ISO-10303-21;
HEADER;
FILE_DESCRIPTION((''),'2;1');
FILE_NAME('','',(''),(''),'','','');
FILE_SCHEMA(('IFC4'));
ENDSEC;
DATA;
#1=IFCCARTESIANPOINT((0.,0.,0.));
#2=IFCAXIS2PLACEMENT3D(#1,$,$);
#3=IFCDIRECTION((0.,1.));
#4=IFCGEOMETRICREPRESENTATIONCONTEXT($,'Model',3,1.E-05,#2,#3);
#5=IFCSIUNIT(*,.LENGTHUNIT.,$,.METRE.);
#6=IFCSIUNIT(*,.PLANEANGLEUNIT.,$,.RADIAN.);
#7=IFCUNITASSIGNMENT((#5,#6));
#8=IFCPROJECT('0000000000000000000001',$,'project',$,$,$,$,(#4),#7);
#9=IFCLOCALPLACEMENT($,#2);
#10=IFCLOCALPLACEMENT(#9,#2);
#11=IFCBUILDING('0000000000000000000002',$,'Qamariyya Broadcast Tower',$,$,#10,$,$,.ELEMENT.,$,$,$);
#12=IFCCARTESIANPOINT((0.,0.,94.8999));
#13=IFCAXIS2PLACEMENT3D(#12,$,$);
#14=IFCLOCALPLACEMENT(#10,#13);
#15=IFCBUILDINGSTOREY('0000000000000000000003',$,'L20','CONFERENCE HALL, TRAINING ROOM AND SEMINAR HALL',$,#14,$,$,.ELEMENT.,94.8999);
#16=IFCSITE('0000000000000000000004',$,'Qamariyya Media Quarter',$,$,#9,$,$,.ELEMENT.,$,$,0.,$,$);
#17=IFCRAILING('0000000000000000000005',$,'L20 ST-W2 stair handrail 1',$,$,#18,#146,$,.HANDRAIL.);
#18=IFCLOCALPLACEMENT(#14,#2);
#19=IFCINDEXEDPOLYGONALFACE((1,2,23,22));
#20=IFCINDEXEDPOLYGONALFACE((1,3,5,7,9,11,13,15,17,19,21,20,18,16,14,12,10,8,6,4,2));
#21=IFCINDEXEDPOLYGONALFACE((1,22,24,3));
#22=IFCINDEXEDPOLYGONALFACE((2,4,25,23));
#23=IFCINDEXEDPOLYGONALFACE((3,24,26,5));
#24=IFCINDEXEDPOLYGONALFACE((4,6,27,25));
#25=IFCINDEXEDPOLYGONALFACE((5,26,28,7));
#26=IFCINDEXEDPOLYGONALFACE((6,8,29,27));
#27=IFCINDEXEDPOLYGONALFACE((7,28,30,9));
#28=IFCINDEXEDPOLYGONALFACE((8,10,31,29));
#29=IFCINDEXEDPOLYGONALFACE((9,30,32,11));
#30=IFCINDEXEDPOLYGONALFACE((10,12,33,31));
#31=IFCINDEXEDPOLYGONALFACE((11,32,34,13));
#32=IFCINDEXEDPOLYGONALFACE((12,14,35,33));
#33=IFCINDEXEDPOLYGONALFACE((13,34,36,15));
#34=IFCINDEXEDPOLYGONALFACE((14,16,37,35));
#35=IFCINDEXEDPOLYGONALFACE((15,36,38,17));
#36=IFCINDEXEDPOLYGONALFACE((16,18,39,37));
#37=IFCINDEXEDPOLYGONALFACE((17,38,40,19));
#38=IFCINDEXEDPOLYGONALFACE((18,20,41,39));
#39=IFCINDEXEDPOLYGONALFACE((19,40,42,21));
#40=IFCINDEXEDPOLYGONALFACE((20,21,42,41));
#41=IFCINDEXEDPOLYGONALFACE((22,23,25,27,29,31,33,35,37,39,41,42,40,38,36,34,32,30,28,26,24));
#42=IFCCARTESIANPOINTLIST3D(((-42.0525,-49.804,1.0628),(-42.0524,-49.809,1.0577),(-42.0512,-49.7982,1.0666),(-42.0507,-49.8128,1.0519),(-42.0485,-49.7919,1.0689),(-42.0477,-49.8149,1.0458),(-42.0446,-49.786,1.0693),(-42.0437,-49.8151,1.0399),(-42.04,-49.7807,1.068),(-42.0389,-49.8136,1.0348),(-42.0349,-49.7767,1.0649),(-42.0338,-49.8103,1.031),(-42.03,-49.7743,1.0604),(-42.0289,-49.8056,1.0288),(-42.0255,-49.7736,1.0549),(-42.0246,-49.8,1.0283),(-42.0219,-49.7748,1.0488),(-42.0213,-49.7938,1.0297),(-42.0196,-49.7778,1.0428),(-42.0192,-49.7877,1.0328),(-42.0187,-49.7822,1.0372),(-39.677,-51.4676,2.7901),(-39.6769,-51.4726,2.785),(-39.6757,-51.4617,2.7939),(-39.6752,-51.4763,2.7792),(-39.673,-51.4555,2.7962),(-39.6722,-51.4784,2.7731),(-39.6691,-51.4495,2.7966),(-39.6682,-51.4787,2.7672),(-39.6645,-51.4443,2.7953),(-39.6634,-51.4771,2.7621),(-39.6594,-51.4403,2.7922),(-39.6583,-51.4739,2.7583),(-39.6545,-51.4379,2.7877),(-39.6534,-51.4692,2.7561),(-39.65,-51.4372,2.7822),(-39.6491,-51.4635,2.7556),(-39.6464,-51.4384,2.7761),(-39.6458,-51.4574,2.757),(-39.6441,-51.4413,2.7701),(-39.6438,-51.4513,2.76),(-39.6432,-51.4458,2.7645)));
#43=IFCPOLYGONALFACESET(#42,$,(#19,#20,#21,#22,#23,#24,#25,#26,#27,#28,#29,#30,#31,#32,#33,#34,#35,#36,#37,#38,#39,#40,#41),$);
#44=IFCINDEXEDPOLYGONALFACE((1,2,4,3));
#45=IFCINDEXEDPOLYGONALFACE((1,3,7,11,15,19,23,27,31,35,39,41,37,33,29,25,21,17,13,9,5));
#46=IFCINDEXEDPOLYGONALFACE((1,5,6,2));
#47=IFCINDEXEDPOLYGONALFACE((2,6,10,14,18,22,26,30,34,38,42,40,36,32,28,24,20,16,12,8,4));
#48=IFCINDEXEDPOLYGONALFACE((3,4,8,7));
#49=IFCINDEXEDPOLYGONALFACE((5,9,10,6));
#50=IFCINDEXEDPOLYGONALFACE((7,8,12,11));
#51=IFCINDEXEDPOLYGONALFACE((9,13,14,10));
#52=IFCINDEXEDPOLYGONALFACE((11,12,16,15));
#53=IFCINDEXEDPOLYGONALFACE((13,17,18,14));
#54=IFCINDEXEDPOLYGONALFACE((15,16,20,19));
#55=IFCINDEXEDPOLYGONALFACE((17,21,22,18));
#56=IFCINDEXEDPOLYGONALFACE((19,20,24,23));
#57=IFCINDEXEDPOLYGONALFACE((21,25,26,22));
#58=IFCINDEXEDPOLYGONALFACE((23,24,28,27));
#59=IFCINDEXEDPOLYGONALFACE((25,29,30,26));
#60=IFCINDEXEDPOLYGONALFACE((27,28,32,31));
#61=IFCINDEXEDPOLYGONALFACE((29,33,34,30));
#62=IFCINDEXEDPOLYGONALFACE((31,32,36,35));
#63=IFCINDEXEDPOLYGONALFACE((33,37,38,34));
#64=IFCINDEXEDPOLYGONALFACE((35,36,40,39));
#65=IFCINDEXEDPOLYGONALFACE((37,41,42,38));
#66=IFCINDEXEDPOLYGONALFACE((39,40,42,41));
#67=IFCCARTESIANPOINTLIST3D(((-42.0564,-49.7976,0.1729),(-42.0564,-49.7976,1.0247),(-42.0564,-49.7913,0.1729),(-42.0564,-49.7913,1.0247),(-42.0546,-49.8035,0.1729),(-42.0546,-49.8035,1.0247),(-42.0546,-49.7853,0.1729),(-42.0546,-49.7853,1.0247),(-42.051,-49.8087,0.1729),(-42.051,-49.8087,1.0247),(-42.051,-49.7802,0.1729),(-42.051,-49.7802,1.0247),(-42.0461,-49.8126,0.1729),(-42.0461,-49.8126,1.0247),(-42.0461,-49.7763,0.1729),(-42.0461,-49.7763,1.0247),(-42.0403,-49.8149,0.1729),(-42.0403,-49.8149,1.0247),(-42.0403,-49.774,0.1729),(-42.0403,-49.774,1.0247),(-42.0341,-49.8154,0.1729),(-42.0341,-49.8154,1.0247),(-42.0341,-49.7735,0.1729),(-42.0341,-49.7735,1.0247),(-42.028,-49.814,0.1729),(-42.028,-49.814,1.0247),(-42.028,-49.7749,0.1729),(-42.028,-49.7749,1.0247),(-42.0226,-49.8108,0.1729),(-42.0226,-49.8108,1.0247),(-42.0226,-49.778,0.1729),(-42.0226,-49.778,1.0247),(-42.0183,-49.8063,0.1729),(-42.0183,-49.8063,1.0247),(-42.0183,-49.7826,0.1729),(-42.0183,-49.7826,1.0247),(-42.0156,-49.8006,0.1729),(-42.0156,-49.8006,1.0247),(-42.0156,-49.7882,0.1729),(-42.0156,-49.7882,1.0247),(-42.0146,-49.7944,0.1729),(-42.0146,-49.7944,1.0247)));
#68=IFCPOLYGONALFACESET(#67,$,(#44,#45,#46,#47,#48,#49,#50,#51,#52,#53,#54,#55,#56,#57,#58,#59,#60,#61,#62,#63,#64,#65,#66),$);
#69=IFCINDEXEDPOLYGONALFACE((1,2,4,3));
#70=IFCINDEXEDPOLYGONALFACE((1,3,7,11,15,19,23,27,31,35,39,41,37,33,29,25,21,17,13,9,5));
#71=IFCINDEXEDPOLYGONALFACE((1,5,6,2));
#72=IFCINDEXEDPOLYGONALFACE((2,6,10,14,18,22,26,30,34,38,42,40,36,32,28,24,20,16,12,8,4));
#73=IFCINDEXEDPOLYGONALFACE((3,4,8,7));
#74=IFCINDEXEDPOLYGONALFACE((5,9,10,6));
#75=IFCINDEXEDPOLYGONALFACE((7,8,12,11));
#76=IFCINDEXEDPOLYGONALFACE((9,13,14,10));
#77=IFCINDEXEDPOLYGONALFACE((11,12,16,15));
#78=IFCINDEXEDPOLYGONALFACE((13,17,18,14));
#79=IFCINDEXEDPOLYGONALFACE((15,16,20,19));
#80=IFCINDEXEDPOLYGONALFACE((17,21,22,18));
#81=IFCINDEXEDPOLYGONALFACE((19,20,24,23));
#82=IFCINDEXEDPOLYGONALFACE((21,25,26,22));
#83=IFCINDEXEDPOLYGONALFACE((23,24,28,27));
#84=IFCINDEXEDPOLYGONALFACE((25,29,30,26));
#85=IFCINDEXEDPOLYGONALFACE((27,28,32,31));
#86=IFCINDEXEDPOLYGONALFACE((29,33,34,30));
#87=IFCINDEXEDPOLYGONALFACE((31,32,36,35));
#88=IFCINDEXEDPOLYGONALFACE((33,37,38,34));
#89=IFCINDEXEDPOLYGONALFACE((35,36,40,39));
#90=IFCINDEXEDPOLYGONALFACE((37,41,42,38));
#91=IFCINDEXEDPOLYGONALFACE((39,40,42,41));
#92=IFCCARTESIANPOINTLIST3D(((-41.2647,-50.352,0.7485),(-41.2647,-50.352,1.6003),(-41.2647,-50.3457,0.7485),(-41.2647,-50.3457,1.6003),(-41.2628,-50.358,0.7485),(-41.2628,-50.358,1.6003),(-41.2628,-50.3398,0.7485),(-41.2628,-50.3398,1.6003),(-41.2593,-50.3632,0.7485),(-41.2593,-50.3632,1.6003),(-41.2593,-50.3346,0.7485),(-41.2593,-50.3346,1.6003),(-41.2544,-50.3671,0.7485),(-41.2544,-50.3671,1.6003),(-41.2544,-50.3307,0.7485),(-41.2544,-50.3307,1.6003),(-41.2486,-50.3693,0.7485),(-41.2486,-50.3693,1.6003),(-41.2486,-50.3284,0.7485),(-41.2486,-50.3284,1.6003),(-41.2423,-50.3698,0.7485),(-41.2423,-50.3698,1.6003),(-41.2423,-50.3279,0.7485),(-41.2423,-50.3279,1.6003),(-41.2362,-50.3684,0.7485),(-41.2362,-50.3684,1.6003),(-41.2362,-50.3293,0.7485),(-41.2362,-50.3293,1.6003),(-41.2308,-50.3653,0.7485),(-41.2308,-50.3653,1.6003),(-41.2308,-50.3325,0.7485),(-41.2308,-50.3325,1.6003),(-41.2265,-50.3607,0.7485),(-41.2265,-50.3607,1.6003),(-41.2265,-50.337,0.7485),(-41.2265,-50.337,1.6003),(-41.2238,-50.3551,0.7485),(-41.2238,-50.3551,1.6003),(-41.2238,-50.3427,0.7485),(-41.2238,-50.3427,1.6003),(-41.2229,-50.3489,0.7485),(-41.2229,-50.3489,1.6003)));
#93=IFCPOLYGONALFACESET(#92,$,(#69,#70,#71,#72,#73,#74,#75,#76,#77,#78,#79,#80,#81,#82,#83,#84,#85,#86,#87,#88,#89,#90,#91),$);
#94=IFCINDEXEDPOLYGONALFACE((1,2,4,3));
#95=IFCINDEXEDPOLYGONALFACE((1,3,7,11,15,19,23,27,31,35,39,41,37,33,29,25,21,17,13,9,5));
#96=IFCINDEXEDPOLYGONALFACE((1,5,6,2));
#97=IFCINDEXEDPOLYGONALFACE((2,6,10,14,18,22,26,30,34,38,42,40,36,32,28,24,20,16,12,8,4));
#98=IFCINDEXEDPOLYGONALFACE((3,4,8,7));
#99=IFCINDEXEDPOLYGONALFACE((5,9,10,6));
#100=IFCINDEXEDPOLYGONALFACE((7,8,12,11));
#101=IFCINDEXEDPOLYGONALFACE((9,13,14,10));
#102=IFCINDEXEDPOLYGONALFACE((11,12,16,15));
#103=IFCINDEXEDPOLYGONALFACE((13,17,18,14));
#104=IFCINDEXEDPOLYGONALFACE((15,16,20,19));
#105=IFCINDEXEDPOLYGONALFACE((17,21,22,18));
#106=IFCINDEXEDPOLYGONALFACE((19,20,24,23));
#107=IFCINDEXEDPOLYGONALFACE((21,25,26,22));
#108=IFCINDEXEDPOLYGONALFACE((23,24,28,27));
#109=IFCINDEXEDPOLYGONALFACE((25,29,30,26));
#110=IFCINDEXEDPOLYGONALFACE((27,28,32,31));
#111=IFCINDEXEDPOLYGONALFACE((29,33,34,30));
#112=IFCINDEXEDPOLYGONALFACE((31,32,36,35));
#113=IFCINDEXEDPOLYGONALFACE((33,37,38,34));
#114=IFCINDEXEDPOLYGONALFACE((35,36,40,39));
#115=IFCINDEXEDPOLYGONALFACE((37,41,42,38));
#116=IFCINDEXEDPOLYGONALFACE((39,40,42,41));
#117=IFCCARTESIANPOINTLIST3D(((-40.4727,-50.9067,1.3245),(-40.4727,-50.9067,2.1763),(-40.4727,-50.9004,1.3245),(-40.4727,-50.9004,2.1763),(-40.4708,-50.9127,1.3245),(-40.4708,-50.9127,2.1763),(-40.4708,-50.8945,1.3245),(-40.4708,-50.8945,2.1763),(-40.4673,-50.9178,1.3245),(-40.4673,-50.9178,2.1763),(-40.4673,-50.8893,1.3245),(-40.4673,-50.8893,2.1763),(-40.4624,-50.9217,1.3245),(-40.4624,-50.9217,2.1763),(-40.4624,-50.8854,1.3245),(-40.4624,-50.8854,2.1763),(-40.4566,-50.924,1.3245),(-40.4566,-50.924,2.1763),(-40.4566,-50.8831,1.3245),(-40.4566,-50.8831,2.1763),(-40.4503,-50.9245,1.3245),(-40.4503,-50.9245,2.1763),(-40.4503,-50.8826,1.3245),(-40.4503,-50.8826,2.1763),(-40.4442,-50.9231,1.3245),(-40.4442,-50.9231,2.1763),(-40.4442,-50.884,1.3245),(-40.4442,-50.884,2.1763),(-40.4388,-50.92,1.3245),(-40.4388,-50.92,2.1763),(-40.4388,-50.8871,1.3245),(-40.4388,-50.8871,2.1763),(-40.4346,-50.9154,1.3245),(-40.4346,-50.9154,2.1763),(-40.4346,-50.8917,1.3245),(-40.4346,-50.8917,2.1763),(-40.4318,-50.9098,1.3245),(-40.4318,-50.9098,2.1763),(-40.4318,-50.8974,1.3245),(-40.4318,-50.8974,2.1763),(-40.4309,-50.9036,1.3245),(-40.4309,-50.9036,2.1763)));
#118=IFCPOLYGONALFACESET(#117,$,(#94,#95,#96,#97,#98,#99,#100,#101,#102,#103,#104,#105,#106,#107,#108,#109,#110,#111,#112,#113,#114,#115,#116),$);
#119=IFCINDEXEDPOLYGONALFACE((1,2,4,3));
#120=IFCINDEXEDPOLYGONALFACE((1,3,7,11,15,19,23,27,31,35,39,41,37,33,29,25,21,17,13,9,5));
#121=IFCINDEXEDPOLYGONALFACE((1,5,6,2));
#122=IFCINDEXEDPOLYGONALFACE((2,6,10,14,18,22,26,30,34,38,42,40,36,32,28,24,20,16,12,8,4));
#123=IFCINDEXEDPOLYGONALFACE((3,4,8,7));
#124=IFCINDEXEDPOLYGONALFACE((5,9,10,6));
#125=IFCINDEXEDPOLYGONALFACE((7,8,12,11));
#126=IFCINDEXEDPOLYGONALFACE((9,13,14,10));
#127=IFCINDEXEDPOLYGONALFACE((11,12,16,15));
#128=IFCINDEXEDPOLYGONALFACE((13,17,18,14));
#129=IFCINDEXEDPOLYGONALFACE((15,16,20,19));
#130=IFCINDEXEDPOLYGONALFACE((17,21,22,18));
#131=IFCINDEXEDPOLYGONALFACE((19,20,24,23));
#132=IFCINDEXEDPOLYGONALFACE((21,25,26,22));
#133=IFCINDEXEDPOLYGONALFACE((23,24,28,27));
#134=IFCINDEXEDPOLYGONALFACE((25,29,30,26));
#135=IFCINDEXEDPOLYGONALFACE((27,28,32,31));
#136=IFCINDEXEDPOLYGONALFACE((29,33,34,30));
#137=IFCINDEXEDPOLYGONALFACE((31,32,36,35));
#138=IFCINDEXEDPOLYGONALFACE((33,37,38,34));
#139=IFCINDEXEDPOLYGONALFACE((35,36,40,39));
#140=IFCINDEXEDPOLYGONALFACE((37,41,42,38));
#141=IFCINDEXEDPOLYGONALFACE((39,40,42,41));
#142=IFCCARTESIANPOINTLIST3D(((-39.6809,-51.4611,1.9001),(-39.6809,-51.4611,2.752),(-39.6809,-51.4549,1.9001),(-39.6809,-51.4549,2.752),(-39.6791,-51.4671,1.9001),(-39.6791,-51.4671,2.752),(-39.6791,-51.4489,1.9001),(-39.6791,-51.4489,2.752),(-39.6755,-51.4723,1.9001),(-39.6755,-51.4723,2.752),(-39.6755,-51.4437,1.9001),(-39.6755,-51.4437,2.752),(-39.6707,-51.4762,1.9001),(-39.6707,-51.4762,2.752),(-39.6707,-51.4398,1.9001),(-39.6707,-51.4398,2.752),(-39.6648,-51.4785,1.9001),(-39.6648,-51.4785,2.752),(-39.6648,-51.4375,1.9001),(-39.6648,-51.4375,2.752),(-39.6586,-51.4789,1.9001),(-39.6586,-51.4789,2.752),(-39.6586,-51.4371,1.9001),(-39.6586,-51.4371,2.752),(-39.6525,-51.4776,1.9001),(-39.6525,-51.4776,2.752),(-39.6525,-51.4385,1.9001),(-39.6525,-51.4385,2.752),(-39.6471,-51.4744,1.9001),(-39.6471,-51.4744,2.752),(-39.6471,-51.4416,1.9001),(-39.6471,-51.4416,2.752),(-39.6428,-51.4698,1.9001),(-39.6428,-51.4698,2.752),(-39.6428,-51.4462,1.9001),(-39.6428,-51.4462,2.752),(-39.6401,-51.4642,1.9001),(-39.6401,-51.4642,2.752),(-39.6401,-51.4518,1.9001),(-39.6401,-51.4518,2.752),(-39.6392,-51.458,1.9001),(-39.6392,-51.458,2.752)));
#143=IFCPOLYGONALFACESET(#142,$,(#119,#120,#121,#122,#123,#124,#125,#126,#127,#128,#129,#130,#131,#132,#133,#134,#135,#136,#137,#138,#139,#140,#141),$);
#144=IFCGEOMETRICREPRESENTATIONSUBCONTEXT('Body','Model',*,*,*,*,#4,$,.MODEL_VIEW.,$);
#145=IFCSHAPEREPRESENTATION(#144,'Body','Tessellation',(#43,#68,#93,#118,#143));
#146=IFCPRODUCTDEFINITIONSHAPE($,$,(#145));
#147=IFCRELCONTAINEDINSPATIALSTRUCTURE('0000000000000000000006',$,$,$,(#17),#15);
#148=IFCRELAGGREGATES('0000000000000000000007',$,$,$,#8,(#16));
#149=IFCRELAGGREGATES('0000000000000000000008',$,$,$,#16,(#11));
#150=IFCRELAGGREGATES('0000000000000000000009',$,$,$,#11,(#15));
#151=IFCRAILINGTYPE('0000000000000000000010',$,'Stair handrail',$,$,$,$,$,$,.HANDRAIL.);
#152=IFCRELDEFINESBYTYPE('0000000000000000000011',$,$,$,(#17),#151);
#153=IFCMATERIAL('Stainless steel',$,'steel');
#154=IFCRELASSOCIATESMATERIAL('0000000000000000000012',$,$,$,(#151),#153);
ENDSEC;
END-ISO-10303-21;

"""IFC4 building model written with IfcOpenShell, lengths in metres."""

from ifc_helpers import new_model, si_unit, direction, frame, origin, origin_2d, place, context, subcontext, project, spatial, circle, extrude, material, type_object, element, save


model = new_model("IFC4")

# Units and contexts
model_context = context("Model", 3, precision=1e-05, world=origin(), true_north=direction((0.0, 1.0)))
body_context = subcontext(model_context, "Body", "Model", "MODEL_VIEW")
ifc_project = project(units=[si_unit("LENGTHUNIT", "METRE"), si_unit("PLANEANGLEUNIT", "RADIAN")], contexts=[model_context])

# Site, building, storey
site_placement = place(None, origin())
site = spatial("IfcSite", under=ifc_project, at=site_placement, Name="Qamariyya Media Quarter", CompositionType="ELEMENT", RefElevation=0.0)
building_placement = place(site_placement, origin())
building = spatial("IfcBuilding", under=site, at=building_placement, Name="Qamariyya Broadcast Tower", CompositionType="ELEMENT")
storey_placement = place(building_placement, frame((0.0, 0.0, 94.8999)))
storey = spatial("IfcBuildingStorey", under=building, at=storey_placement, Name="L20", Description="CONFERENCE HALL, TRAINING ROOM AND SEMINAR HALL", CompositionType="ELEMENT", Elevation=94.8999)

# Railing
ifc_material_1 = material(Name="Stainless steel", Category="steel")
railing_type_1 = type_object("IfcRailingType", Name="Stair handrail", PredefinedType="HANDRAIL", material=ifc_material_1)
railing_1_placement = place(storey_placement, frame((-42.0356, -49.7944, 0.1729)))
element("IfcRailing", 1, at=railing_1_placement, inside=storey, type_object=railing_type_1, Name="L20 ST-W2 stair handrail 1", PredefinedType="HANDRAIL", context=body_context, shape_type="SweptSolid", body=[
    extrude(circle(Radius=0.0239, at=origin_2d()), frame((0.0, 0.0, 0.876), z_axis=(0.703745, -0.492838, 0.511716), x_axis=(0.573632, 0.819113, 0.0)), (0.0, 0.0, 1.0), 3.3755),
    extrude(circle(Radius=0.021, at=origin_2d()), origin(), (0.0, 0.0, 1.0), 0.8518),
    extrude(circle(Radius=0.021, at=origin_2d()), frame((0.7917, -0.5544, 0.5757)), (0.0, 0.0, 1.0), 0.8518),
    extrude(circle(Radius=0.021, at=origin_2d()), frame((1.5837, -1.1091, 1.1516)), (0.0, 0.0, 1.0), 0.8518),
    extrude(circle(Radius=0.021, at=origin_2d()), frame((2.3755, -1.6636, 1.7273)), (0.0, 0.0, 1.0), 0.8518),
])

save(model, "model.ifc")
